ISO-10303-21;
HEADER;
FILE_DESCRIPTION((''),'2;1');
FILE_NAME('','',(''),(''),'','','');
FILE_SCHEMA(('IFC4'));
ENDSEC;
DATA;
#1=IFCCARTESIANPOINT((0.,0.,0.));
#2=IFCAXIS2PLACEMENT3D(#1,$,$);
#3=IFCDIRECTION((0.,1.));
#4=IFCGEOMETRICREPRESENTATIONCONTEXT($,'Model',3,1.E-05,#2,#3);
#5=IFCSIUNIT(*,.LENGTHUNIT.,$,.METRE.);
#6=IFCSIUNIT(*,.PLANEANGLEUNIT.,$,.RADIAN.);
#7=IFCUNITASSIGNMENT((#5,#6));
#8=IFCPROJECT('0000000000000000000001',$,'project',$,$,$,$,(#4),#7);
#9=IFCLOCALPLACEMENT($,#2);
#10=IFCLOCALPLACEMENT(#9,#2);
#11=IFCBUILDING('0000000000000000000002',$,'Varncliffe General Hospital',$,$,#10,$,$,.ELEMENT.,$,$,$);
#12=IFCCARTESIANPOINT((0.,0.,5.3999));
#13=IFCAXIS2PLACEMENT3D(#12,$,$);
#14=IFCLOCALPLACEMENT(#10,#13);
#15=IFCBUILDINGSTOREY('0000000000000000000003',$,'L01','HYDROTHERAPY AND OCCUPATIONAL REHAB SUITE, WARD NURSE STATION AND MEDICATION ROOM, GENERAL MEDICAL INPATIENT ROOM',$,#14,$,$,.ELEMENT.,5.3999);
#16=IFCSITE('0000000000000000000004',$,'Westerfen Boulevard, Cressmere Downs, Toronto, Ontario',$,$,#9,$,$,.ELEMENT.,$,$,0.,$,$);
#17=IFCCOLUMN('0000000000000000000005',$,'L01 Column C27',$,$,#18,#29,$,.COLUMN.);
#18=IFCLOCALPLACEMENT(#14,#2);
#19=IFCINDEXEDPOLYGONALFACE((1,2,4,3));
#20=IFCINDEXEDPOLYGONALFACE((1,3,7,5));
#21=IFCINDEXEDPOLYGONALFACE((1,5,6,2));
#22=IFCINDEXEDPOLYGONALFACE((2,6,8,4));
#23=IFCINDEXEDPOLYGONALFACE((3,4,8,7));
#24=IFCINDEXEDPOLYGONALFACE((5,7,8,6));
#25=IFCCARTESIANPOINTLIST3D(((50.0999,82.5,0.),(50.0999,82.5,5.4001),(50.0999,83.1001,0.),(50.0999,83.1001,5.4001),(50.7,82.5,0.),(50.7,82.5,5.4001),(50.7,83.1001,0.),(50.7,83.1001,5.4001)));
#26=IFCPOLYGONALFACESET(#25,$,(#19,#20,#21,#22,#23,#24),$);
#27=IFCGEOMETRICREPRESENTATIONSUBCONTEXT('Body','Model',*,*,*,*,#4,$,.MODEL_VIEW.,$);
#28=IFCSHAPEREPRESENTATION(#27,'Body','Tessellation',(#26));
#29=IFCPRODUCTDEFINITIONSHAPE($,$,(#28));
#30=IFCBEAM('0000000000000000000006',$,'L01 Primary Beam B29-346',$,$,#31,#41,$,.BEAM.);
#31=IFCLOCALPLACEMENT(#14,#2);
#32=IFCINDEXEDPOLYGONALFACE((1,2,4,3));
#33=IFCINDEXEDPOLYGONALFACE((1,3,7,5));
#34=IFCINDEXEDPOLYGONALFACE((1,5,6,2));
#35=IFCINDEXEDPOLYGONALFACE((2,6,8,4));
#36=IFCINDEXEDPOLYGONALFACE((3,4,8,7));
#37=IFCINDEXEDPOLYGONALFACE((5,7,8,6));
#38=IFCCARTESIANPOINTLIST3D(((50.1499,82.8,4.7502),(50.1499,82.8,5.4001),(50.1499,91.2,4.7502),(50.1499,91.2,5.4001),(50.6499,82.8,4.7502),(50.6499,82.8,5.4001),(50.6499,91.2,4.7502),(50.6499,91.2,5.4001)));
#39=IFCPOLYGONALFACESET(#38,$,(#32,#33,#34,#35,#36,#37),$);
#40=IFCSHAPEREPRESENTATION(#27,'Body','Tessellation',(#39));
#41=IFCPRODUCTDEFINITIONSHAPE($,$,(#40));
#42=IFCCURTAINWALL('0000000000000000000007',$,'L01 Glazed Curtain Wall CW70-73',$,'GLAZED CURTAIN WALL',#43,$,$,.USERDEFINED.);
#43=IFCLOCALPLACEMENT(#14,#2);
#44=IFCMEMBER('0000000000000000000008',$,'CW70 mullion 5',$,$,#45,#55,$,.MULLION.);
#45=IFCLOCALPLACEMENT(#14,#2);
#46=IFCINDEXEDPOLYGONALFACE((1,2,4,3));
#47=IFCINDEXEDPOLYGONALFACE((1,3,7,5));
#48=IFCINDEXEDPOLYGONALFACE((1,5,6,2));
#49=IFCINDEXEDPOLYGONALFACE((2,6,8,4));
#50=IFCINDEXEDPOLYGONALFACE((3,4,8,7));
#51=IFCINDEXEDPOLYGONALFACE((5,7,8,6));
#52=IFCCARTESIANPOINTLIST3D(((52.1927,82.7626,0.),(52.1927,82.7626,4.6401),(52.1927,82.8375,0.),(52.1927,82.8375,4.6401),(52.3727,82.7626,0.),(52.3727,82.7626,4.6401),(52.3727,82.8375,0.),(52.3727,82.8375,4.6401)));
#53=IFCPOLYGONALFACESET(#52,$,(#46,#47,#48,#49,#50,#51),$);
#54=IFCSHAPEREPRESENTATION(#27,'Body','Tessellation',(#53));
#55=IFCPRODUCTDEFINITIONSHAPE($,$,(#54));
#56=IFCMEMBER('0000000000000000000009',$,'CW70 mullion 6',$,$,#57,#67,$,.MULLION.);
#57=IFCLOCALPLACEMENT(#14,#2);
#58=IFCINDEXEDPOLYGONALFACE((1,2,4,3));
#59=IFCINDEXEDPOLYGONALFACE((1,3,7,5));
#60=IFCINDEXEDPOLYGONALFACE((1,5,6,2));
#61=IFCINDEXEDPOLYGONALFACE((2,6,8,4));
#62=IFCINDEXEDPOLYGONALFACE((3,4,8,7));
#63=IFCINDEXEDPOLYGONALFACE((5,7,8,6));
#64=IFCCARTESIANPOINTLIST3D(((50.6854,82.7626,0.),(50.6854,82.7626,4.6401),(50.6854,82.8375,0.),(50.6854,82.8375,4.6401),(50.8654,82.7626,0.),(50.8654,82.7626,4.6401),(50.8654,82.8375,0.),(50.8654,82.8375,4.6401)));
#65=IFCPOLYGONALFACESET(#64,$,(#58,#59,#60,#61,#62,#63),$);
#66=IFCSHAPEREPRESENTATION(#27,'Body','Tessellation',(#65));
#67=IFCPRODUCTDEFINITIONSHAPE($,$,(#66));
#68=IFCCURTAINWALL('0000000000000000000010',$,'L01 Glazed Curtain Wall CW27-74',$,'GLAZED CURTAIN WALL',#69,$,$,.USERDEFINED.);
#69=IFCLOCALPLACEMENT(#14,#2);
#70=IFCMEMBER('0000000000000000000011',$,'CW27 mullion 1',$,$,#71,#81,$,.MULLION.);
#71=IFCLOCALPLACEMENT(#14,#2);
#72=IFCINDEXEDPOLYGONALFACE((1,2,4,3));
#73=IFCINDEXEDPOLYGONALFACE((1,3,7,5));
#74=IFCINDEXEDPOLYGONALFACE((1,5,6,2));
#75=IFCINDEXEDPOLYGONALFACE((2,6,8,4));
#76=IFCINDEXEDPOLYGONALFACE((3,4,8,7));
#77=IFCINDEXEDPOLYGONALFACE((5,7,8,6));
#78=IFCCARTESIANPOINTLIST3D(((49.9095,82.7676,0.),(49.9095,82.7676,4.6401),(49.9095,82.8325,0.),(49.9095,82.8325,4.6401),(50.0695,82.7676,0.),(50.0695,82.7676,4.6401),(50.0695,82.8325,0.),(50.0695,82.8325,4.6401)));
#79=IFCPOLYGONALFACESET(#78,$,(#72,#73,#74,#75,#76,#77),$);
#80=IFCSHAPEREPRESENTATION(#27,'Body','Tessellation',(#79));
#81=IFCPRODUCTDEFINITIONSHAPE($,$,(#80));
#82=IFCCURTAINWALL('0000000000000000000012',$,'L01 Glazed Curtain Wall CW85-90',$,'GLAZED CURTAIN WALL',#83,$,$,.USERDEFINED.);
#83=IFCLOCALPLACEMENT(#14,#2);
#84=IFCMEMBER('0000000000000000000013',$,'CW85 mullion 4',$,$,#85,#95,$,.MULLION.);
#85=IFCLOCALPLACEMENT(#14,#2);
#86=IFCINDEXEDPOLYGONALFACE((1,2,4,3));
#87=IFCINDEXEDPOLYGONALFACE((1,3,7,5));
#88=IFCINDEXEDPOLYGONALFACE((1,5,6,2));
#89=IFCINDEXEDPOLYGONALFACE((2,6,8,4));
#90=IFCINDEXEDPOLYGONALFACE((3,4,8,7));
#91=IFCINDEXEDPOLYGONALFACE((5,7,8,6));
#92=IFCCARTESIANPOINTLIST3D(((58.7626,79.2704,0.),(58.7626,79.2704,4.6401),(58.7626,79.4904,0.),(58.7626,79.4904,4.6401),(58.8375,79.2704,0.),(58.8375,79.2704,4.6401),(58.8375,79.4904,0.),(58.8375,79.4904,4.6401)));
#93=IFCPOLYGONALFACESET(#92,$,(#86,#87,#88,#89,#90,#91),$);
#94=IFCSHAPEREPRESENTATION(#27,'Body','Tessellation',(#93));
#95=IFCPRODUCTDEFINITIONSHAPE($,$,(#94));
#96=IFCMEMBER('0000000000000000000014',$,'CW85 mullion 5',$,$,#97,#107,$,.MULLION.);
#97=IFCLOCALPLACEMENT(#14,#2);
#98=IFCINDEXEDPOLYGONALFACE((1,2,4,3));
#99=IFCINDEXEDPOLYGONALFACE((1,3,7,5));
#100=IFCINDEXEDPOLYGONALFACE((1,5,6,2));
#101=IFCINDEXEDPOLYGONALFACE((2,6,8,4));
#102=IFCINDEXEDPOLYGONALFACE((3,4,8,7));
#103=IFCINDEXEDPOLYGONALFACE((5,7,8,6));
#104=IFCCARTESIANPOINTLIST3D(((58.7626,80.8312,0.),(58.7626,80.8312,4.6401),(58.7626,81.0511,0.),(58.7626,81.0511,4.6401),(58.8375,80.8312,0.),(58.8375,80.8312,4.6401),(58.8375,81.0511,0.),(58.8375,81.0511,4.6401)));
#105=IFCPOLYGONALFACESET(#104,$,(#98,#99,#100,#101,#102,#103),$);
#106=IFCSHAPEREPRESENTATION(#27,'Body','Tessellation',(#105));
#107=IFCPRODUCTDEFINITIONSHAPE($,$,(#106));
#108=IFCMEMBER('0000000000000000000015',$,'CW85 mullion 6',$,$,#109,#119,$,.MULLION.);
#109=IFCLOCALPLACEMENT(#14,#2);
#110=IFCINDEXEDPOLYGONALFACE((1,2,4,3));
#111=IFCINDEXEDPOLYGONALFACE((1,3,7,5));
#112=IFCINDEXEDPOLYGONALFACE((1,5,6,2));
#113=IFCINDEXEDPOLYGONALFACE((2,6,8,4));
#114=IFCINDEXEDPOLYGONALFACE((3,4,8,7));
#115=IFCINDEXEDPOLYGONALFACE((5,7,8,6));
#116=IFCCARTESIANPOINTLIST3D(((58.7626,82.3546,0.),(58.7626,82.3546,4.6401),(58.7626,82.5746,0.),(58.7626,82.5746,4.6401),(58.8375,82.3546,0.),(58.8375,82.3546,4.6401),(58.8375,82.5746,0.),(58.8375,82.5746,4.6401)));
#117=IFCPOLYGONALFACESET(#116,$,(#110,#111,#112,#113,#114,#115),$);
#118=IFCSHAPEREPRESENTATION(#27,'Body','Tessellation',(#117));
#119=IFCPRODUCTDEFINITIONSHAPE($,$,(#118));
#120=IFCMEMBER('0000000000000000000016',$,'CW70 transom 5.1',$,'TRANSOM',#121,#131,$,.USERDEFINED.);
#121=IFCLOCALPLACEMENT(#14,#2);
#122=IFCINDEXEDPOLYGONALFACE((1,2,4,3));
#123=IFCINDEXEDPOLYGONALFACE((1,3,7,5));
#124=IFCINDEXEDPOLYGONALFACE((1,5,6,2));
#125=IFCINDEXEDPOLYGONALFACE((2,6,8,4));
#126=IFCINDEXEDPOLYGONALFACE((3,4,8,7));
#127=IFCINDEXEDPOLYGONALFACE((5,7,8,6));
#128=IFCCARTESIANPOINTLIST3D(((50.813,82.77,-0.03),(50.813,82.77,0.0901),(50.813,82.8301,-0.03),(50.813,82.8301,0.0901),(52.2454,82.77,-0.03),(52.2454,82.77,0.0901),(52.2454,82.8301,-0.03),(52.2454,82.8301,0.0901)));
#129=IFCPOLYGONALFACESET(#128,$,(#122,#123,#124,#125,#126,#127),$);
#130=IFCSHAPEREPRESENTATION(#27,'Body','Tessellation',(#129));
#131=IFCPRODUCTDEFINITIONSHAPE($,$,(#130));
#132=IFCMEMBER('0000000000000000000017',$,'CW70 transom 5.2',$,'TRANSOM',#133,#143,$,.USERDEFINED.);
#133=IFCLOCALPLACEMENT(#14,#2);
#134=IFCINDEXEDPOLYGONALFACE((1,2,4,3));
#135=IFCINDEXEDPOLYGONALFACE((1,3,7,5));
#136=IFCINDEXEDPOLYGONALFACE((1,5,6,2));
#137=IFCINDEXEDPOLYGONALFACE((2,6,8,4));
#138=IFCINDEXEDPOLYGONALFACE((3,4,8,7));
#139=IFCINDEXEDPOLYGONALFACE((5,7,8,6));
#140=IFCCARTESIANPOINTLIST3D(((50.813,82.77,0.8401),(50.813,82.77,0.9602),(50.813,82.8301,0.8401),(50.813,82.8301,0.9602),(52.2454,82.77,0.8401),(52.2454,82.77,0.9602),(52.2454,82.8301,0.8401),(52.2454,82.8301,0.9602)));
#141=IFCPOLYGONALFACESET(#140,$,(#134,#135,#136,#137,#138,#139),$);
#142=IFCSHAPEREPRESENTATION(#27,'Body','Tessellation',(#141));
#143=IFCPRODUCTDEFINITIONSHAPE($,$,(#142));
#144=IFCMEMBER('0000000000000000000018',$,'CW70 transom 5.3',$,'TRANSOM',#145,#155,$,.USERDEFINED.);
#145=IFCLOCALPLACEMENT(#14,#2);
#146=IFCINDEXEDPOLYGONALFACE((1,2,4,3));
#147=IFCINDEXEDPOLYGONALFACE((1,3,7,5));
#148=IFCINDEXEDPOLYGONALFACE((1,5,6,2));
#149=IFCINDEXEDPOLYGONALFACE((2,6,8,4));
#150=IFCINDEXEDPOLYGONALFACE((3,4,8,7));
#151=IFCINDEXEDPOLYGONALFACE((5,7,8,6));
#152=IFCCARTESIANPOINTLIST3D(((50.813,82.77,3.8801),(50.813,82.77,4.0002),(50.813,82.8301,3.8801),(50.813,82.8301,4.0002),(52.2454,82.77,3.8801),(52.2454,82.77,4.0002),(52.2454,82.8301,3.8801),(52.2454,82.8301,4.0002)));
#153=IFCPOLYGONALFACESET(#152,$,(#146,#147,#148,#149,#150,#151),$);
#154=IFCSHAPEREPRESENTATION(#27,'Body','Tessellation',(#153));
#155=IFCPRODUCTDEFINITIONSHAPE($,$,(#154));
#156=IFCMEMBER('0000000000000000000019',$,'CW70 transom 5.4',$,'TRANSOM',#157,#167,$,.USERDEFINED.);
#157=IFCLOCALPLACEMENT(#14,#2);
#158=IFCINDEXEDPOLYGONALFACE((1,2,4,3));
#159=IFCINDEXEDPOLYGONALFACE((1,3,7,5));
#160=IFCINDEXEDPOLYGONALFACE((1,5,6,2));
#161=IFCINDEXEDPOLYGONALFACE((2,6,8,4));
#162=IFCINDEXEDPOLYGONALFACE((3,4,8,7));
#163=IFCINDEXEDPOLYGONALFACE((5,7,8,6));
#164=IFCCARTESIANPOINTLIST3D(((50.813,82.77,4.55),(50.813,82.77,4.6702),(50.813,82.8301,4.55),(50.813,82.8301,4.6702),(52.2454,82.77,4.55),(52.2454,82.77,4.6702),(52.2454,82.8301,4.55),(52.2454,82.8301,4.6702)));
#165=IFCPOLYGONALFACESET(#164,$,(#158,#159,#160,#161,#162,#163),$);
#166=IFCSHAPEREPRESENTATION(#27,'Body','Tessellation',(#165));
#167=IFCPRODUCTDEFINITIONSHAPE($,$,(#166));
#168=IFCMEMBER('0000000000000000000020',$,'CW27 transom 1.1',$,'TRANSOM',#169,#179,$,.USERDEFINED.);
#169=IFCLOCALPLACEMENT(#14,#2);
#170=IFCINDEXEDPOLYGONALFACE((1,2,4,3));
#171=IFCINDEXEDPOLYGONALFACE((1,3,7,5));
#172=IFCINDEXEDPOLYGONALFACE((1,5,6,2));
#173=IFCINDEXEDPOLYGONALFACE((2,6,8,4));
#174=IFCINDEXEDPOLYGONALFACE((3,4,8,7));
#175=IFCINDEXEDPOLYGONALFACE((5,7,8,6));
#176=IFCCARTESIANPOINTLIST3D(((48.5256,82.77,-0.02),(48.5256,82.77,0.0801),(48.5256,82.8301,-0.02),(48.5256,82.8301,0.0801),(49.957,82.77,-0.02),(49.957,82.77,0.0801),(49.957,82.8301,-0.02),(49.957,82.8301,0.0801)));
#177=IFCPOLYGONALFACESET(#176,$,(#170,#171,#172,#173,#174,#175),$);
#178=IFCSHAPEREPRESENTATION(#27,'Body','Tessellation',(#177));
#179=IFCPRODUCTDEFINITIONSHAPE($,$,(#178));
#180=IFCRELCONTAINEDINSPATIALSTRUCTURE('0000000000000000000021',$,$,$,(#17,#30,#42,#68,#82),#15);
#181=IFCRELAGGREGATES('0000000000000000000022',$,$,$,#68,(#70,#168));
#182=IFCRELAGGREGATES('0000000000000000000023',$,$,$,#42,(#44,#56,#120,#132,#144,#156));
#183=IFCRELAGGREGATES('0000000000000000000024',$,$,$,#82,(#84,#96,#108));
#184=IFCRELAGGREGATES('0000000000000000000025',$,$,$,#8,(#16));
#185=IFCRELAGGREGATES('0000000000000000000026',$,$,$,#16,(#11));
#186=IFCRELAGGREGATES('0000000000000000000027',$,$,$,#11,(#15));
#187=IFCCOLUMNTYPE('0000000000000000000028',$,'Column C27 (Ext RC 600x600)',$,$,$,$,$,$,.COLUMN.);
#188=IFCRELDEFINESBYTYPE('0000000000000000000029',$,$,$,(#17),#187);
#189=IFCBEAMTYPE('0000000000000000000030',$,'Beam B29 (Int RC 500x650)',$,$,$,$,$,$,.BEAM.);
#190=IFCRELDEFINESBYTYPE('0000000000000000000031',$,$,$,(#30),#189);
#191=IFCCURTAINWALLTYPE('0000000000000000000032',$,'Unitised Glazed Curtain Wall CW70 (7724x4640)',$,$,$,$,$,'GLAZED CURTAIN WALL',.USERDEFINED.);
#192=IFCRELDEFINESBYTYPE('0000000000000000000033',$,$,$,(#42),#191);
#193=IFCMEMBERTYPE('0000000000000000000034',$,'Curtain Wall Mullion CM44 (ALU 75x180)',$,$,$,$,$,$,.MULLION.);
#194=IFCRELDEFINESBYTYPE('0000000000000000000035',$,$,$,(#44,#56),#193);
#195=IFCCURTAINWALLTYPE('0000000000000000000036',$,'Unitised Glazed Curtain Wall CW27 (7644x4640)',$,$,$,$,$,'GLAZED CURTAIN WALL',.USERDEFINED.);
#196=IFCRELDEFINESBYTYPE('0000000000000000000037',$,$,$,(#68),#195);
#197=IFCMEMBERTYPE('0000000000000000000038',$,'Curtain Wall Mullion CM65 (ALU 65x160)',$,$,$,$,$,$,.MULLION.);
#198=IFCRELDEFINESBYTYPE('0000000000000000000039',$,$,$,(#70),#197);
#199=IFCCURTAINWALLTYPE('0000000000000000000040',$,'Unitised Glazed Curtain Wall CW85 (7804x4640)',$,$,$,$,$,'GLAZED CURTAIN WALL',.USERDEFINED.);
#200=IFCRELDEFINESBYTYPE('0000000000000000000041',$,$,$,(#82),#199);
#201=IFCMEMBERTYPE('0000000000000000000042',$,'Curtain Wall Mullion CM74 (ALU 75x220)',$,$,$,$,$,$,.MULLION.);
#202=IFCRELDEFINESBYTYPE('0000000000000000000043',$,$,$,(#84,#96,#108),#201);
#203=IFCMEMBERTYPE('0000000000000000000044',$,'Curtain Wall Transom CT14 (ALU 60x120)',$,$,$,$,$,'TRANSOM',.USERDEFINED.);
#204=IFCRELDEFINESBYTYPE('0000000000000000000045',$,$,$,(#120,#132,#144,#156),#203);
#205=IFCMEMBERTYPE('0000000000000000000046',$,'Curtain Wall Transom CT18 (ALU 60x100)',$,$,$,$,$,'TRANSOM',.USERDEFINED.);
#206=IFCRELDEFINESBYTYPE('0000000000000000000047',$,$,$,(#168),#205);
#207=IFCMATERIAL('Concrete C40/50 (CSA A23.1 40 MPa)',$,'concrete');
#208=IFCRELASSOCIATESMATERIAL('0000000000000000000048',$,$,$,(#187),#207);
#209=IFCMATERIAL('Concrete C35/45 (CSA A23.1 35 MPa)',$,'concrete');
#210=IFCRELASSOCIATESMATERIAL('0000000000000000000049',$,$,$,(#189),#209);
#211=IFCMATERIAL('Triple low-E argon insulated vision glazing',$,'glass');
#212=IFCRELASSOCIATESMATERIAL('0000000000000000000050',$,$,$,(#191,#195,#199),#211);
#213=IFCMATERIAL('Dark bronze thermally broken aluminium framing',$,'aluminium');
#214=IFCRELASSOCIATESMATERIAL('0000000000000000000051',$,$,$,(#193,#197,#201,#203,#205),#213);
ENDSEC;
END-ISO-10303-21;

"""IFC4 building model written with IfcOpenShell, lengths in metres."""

from ifc_helpers import new_model, si_unit, direction, frame, origin, origin_2d, place, context, subcontext, project, spatial, rectangle, extrude, material, material_profile, profile_set, type_object, element, aggregate, save


model = new_model("IFC4")

# Units and contexts
model_context = context("Model", 3, precision=1e-05, world=origin(), true_north=direction((0.0, 1.0)))
body_context = subcontext(model_context, "Body", "Model", "MODEL_VIEW")
ifc_project = project(units=[si_unit("LENGTHUNIT", "METRE"), si_unit("PLANEANGLEUNIT", "RADIAN")], contexts=[model_context])

# Site, building, storey
site_placement = place(None, origin())
site = spatial("IfcSite", under=ifc_project, at=site_placement, Name="Westerfen Boulevard, Cressmere Downs, Toronto, Ontario", CompositionType="ELEMENT", RefElevation=0.0)
building_placement = place(site_placement, origin())
building = spatial("IfcBuilding", under=site, at=building_placement, Name="Varncliffe General Hospital", CompositionType="ELEMENT")
storey_placement = place(building_placement, frame((0.0, 0.0, 5.3999)))
storey = spatial("IfcBuildingStorey", under=building, at=storey_placement, Name="L01", Description="HYDROTHERAPY AND OCCUPATIONAL REHAB SUITE, WARD NURSE STATION AND MEDICATION ROOM, GENERAL MEDICAL INPATIENT ROOM", CompositionType="ELEMENT", Elevation=5.3999)

# Column
ifc_material_1 = material(Name="Concrete C40/50 (CSA A23.1 40 MPa)", Category="concrete")
ifc_material_profile_1 = material_profile(ifc_material_1, rectangle(XDim=0.6001, YDim=0.6001, at=origin_2d()), Name="RC 600x600")
ifc_profile_set_1 = profile_set([ifc_material_profile_1], Name="Concrete C40/50 (CSA A23.1 40 MPa)")
column_type = type_object("IfcColumnType", Name="Column C27 (Ext RC 600x600)", PredefinedType="COLUMN", material=ifc_profile_set_1)
column_placement = place(storey_placement, frame((50.3999, 82.8, 0.0), z_axis=(0.0, 0.0, 1.0), x_axis=(1.0, 0.0, 0.0)))
element("IfcColumn", 1, at=column_placement, inside=storey, type_object=column_type, Name="L01 Column C27", PredefinedType="COLUMN", context=body_context, shape_type="SweptSolid", body=[
    extrude(rectangle(XDim=0.6001, YDim=0.6001, at=origin_2d()), origin(), (0.0, 0.0, 1.0), 5.4001),
])

# Beam
ifc_material_2 = material(Name="Concrete C35/45 (CSA A23.1 35 MPa)", Category="concrete")
ifc_material_profile_2 = material_profile(ifc_material_2, rectangle(XDim=0.5, YDim=0.6499, at=origin_2d()), Name="RC 500x650")
ifc_profile_set_2 = profile_set([ifc_material_profile_2], Name="Concrete C35/45 (CSA A23.1 35 MPa)")
beam_type_1 = type_object("IfcBeamType", Name="Beam B29 (Int RC 500x650)", PredefinedType="BEAM", material=ifc_profile_set_2)
beam_1_placement = place(storey_placement, frame((50.3999, 82.8, 5.0752), z_axis=(0.0, 1.0, 0.0), x_axis=(-1.0, 0.0, 0.0)))
element("IfcBeam", 2, at=beam_1_placement, inside=storey, type_object=beam_type_1, Name="L01 Primary Beam B29-346", PredefinedType="BEAM", context=body_context, shape_type="SweptSolid", body=[
    extrude(rectangle(XDim=0.5, YDim=0.6499, at=origin_2d()), origin(), (0.0, 0.0, 1.0), 8.3999),
])

# Curtain wall, members
ifc_material_3 = material(Name="Triple low-E argon insulated vision glazing", Category="glass")
curtain_wall_type_1 = type_object("IfcCurtainWallType", Name="Unitised Glazed Curtain Wall CW70 (7724x4640)", ElementType="GLAZED CURTAIN WALL", PredefinedType="USERDEFINED", material=ifc_material_3)
curtain_wall_1_placement = place(storey_placement, origin())
curtain_wall_1 = element("IfcCurtainWall", 3, at=curtain_wall_1_placement, inside=storey, type_object=curtain_wall_type_1, Name="L01 Glazed Curtain Wall CW70-73", ObjectType="GLAZED CURTAIN WALL", PredefinedType="USERDEFINED")
ifc_material_4 = material(Name="Dark bronze thermally broken aluminium framing", Category="aluminium")
ifc_material_profile_3 = material_profile(ifc_material_4, rectangle(XDim=0.075, YDim=0.1799, at=origin_2d()), Name="ALU 75x180")
ifc_profile_set_3 = profile_set([ifc_material_profile_3], Name="Dark bronze thermally broken aluminium framing")
member_type_1 = type_object("IfcMemberType", Name="Curtain Wall Mullion CM44 (ALU 75x180)", PredefinedType="MULLION", material=ifc_profile_set_3)
member_1_placement = place(storey_placement, frame((52.2827, 82.8, 0.0), z_axis=(0.0, 0.0, 1.0), x_axis=(0.0, -1.0, 0.0)))
member_1 = element("IfcMember", 4, at=member_1_placement, type_object=member_type_1, Name="CW70 mullion 5", PredefinedType="MULLION", context=body_context, shape_type="SweptSolid", body=[
    extrude(rectangle(XDim=0.075, YDim=0.1799, at=origin_2d()), origin(), (0.0, 0.0, 1.0), 4.6401),
])
member_2_placement = place(storey_placement, frame((50.7754, 82.8, 0.0), z_axis=(0.0, 0.0, 1.0), x_axis=(0.0, -1.0, 0.0)))
member_2 = element("IfcMember", 5, at=member_2_placement, type_object=member_type_1, Name="CW70 mullion 6", PredefinedType="MULLION", context=body_context, shape_type="SweptSolid", body=[
    extrude(rectangle(XDim=0.075, YDim=0.1799, at=origin_2d()), origin(), (0.0, 0.0, 1.0), 4.6401),
])

# Curtain wall, member
curtain_wall_type_2 = type_object("IfcCurtainWallType", Name="Unitised Glazed Curtain Wall CW27 (7644x4640)", ElementType="GLAZED CURTAIN WALL", PredefinedType="USERDEFINED", material=ifc_material_3)
curtain_wall_2_placement = place(storey_placement, origin())
curtain_wall_2 = element("IfcCurtainWall", 6, at=curtain_wall_2_placement, inside=storey, type_object=curtain_wall_type_2, Name="L01 Glazed Curtain Wall CW27-74", ObjectType="GLAZED CURTAIN WALL", PredefinedType="USERDEFINED")
ifc_material_profile_4 = material_profile(ifc_material_4, rectangle(XDim=0.0649, YDim=0.1599, at=origin_2d()), Name="ALU 65x160")
ifc_profile_set_4 = profile_set([ifc_material_profile_4], Name="Dark bronze thermally broken aluminium framing")
member_type_2 = type_object("IfcMemberType", Name="Curtain Wall Mullion CM65 (ALU 65x160)", PredefinedType="MULLION", material=ifc_profile_set_4)
member_3_placement = place(storey_placement, frame((49.9895, 82.8, 0.0), z_axis=(0.0, 0.0, 1.0), x_axis=(0.0, -1.0, 0.0)))
member_3 = element("IfcMember", 7, at=member_3_placement, type_object=member_type_2, Name="CW27 mullion 1", PredefinedType="MULLION", context=body_context, shape_type="SweptSolid", body=[
    extrude(rectangle(XDim=0.0649, YDim=0.1599, at=origin_2d()), origin(), (0.0, 0.0, 1.0), 4.6401),
])

# Curtain wall, members
curtain_wall_type_3 = type_object("IfcCurtainWallType", Name="Unitised Glazed Curtain Wall CW85 (7804x4640)", ElementType="GLAZED CURTAIN WALL", PredefinedType="USERDEFINED", material=ifc_material_3)
curtain_wall_3_placement = place(storey_placement, origin())
curtain_wall_3 = element("IfcCurtainWall", 8, at=curtain_wall_3_placement, inside=storey, type_object=curtain_wall_type_3, Name="L01 Glazed Curtain Wall CW85-90", ObjectType="GLAZED CURTAIN WALL", PredefinedType="USERDEFINED")
ifc_material_profile_5 = material_profile(ifc_material_4, rectangle(XDim=0.075, YDim=0.22, at=origin_2d()), Name="ALU 75x220")
ifc_profile_set_5 = profile_set([ifc_material_profile_5], Name="Dark bronze thermally broken aluminium framing")
member_type_3 = type_object("IfcMemberType", Name="Curtain Wall Mullion CM74 (ALU 75x220)", PredefinedType="MULLION", material=ifc_profile_set_5)
member_4_placement = place(storey_placement, frame((58.8, 79.3804, 0.0), z_axis=(0.0, 0.0, 1.0), x_axis=(-1.0, 0.0, 0.0)))
member_4 = element("IfcMember", 9, at=member_4_placement, type_object=member_type_3, Name="CW85 mullion 4", PredefinedType="MULLION", context=body_context, shape_type="SweptSolid", body=[
    extrude(rectangle(XDim=0.075, YDim=0.22, at=origin_2d()), origin(), (0.0, 0.0, 1.0), 4.6401),
])
member_5_placement = place(storey_placement, frame((58.8, 80.9412, 0.0), z_axis=(0.0, 0.0, 1.0), x_axis=(-1.0, 0.0, 0.0)))
member_5 = element("IfcMember", 10, at=member_5_placement, type_object=member_type_3, Name="CW85 mullion 5", PredefinedType="MULLION", context=body_context, shape_type="SweptSolid", body=[
    extrude(rectangle(XDim=0.075, YDim=0.22, at=origin_2d()), origin(), (0.0, 0.0, 1.0), 4.6401),
])
member_6_placement = place(storey_placement, frame((58.8, 82.4646, 0.0), z_axis=(0.0, 0.0, 1.0), x_axis=(-1.0, 0.0, 0.0)))
member_6 = element("IfcMember", 11, at=member_6_placement, type_object=member_type_3, Name="CW85 mullion 6", PredefinedType="MULLION", context=body_context, shape_type="SweptSolid", body=[
    extrude(rectangle(XDim=0.075, YDim=0.22, at=origin_2d()), origin(), (0.0, 0.0, 1.0), 4.6401),
])

# Members
ifc_material_profile_6 = material_profile(ifc_material_4, rectangle(XDim=0.0601, YDim=0.1201, at=origin_2d()), Name="ALU 60x120")
ifc_profile_set_6 = profile_set([ifc_material_profile_6], Name="Dark bronze thermally broken aluminium framing")
member_type_4 = type_object("IfcMemberType", Name="Curtain Wall Transom CT14 (ALU 60x120)", ElementType="TRANSOM", PredefinedType="USERDEFINED", material=ifc_profile_set_6)
member_7_placement = place(storey_placement, frame((52.2454, 82.8, 0.03), z_axis=(-1.0, 0.0, 0.0), x_axis=(0.0, -1.0, 0.0)))
member_7 = element("IfcMember", 12, at=member_7_placement, type_object=member_type_4, Name="CW70 transom 5.1", ObjectType="TRANSOM", PredefinedType="USERDEFINED", context=body_context, shape_type="SweptSolid", body=[
    extrude(rectangle(XDim=0.0601, YDim=0.1201, at=origin_2d()), origin(), (0.0, 0.0, 1.0), 1.4324),
])
member_8_placement = place(storey_placement, frame((52.2454, 82.8, 0.9001), z_axis=(-1.0, 0.0, 0.0), x_axis=(0.0, -1.0, 0.0)))
member_8 = element("IfcMember", 13, at=member_8_placement, type_object=member_type_4, Name="CW70 transom 5.2", ObjectType="TRANSOM", PredefinedType="USERDEFINED", context=body_context, shape_type="SweptSolid", body=[
    extrude(rectangle(XDim=0.0601, YDim=0.1201, at=origin_2d()), origin(), (0.0, 0.0, 1.0), 1.4324),
])
member_9_placement = place(storey_placement, frame((52.2454, 82.8, 3.9402), z_axis=(-1.0, 0.0, 0.0), x_axis=(0.0, -1.0, 0.0)))
member_9 = element("IfcMember", 14, at=member_9_placement, type_object=member_type_4, Name="CW70 transom 5.3", ObjectType="TRANSOM", PredefinedType="USERDEFINED", context=body_context, shape_type="SweptSolid", body=[
    extrude(rectangle(XDim=0.0601, YDim=0.1201, at=origin_2d()), origin(), (0.0, 0.0, 1.0), 1.4324),
])
member_10_placement = place(storey_placement, frame((52.2454, 82.8, 4.6101), z_axis=(-1.0, 0.0, 0.0), x_axis=(0.0, -1.0, 0.0)))
member_10 = element("IfcMember", 15, at=member_10_placement, type_object=member_type_4, Name="CW70 transom 5.4", ObjectType="TRANSOM", PredefinedType="USERDEFINED", context=body_context, shape_type="SweptSolid", body=[
    extrude(rectangle(XDim=0.0601, YDim=0.1201, at=origin_2d()), origin(), (0.0, 0.0, 1.0), 1.4324),
])
ifc_material_profile_7 = material_profile(ifc_material_4, rectangle(XDim=0.0601, YDim=0.1001, at=origin_2d()), Name="ALU 60x100")
ifc_profile_set_7 = profile_set([ifc_material_profile_7], Name="Dark bronze thermally broken aluminium framing")
member_type_5 = type_object("IfcMemberType", Name="Curtain Wall Transom CT18 (ALU 60x100)", ElementType="TRANSOM", PredefinedType="USERDEFINED", material=ifc_profile_set_7)
member_11_placement = place(storey_placement, frame((49.957, 82.8, 0.03), z_axis=(-1.0, 0.0, 0.0), x_axis=(0.0, -1.0, 0.0)))
member_11 = element("IfcMember", 16, at=member_11_placement, type_object=member_type_5, Name="CW27 transom 1.1", ObjectType="TRANSOM", PredefinedType="USERDEFINED", context=body_context, shape_type="SweptSolid", body=[
    extrude(rectangle(XDim=0.0601, YDim=0.1001, at=origin_2d()), origin(), (0.0, 0.0, 1.0), 1.4314),
])
aggregate(curtain_wall_2, [member_3, member_11])

aggregate(curtain_wall_1, [member_1, member_2, member_7, member_8, member_9, member_10])
aggregate(curtain_wall_3, [member_4, member_5, member_6])

save(model, "model.ifc")
